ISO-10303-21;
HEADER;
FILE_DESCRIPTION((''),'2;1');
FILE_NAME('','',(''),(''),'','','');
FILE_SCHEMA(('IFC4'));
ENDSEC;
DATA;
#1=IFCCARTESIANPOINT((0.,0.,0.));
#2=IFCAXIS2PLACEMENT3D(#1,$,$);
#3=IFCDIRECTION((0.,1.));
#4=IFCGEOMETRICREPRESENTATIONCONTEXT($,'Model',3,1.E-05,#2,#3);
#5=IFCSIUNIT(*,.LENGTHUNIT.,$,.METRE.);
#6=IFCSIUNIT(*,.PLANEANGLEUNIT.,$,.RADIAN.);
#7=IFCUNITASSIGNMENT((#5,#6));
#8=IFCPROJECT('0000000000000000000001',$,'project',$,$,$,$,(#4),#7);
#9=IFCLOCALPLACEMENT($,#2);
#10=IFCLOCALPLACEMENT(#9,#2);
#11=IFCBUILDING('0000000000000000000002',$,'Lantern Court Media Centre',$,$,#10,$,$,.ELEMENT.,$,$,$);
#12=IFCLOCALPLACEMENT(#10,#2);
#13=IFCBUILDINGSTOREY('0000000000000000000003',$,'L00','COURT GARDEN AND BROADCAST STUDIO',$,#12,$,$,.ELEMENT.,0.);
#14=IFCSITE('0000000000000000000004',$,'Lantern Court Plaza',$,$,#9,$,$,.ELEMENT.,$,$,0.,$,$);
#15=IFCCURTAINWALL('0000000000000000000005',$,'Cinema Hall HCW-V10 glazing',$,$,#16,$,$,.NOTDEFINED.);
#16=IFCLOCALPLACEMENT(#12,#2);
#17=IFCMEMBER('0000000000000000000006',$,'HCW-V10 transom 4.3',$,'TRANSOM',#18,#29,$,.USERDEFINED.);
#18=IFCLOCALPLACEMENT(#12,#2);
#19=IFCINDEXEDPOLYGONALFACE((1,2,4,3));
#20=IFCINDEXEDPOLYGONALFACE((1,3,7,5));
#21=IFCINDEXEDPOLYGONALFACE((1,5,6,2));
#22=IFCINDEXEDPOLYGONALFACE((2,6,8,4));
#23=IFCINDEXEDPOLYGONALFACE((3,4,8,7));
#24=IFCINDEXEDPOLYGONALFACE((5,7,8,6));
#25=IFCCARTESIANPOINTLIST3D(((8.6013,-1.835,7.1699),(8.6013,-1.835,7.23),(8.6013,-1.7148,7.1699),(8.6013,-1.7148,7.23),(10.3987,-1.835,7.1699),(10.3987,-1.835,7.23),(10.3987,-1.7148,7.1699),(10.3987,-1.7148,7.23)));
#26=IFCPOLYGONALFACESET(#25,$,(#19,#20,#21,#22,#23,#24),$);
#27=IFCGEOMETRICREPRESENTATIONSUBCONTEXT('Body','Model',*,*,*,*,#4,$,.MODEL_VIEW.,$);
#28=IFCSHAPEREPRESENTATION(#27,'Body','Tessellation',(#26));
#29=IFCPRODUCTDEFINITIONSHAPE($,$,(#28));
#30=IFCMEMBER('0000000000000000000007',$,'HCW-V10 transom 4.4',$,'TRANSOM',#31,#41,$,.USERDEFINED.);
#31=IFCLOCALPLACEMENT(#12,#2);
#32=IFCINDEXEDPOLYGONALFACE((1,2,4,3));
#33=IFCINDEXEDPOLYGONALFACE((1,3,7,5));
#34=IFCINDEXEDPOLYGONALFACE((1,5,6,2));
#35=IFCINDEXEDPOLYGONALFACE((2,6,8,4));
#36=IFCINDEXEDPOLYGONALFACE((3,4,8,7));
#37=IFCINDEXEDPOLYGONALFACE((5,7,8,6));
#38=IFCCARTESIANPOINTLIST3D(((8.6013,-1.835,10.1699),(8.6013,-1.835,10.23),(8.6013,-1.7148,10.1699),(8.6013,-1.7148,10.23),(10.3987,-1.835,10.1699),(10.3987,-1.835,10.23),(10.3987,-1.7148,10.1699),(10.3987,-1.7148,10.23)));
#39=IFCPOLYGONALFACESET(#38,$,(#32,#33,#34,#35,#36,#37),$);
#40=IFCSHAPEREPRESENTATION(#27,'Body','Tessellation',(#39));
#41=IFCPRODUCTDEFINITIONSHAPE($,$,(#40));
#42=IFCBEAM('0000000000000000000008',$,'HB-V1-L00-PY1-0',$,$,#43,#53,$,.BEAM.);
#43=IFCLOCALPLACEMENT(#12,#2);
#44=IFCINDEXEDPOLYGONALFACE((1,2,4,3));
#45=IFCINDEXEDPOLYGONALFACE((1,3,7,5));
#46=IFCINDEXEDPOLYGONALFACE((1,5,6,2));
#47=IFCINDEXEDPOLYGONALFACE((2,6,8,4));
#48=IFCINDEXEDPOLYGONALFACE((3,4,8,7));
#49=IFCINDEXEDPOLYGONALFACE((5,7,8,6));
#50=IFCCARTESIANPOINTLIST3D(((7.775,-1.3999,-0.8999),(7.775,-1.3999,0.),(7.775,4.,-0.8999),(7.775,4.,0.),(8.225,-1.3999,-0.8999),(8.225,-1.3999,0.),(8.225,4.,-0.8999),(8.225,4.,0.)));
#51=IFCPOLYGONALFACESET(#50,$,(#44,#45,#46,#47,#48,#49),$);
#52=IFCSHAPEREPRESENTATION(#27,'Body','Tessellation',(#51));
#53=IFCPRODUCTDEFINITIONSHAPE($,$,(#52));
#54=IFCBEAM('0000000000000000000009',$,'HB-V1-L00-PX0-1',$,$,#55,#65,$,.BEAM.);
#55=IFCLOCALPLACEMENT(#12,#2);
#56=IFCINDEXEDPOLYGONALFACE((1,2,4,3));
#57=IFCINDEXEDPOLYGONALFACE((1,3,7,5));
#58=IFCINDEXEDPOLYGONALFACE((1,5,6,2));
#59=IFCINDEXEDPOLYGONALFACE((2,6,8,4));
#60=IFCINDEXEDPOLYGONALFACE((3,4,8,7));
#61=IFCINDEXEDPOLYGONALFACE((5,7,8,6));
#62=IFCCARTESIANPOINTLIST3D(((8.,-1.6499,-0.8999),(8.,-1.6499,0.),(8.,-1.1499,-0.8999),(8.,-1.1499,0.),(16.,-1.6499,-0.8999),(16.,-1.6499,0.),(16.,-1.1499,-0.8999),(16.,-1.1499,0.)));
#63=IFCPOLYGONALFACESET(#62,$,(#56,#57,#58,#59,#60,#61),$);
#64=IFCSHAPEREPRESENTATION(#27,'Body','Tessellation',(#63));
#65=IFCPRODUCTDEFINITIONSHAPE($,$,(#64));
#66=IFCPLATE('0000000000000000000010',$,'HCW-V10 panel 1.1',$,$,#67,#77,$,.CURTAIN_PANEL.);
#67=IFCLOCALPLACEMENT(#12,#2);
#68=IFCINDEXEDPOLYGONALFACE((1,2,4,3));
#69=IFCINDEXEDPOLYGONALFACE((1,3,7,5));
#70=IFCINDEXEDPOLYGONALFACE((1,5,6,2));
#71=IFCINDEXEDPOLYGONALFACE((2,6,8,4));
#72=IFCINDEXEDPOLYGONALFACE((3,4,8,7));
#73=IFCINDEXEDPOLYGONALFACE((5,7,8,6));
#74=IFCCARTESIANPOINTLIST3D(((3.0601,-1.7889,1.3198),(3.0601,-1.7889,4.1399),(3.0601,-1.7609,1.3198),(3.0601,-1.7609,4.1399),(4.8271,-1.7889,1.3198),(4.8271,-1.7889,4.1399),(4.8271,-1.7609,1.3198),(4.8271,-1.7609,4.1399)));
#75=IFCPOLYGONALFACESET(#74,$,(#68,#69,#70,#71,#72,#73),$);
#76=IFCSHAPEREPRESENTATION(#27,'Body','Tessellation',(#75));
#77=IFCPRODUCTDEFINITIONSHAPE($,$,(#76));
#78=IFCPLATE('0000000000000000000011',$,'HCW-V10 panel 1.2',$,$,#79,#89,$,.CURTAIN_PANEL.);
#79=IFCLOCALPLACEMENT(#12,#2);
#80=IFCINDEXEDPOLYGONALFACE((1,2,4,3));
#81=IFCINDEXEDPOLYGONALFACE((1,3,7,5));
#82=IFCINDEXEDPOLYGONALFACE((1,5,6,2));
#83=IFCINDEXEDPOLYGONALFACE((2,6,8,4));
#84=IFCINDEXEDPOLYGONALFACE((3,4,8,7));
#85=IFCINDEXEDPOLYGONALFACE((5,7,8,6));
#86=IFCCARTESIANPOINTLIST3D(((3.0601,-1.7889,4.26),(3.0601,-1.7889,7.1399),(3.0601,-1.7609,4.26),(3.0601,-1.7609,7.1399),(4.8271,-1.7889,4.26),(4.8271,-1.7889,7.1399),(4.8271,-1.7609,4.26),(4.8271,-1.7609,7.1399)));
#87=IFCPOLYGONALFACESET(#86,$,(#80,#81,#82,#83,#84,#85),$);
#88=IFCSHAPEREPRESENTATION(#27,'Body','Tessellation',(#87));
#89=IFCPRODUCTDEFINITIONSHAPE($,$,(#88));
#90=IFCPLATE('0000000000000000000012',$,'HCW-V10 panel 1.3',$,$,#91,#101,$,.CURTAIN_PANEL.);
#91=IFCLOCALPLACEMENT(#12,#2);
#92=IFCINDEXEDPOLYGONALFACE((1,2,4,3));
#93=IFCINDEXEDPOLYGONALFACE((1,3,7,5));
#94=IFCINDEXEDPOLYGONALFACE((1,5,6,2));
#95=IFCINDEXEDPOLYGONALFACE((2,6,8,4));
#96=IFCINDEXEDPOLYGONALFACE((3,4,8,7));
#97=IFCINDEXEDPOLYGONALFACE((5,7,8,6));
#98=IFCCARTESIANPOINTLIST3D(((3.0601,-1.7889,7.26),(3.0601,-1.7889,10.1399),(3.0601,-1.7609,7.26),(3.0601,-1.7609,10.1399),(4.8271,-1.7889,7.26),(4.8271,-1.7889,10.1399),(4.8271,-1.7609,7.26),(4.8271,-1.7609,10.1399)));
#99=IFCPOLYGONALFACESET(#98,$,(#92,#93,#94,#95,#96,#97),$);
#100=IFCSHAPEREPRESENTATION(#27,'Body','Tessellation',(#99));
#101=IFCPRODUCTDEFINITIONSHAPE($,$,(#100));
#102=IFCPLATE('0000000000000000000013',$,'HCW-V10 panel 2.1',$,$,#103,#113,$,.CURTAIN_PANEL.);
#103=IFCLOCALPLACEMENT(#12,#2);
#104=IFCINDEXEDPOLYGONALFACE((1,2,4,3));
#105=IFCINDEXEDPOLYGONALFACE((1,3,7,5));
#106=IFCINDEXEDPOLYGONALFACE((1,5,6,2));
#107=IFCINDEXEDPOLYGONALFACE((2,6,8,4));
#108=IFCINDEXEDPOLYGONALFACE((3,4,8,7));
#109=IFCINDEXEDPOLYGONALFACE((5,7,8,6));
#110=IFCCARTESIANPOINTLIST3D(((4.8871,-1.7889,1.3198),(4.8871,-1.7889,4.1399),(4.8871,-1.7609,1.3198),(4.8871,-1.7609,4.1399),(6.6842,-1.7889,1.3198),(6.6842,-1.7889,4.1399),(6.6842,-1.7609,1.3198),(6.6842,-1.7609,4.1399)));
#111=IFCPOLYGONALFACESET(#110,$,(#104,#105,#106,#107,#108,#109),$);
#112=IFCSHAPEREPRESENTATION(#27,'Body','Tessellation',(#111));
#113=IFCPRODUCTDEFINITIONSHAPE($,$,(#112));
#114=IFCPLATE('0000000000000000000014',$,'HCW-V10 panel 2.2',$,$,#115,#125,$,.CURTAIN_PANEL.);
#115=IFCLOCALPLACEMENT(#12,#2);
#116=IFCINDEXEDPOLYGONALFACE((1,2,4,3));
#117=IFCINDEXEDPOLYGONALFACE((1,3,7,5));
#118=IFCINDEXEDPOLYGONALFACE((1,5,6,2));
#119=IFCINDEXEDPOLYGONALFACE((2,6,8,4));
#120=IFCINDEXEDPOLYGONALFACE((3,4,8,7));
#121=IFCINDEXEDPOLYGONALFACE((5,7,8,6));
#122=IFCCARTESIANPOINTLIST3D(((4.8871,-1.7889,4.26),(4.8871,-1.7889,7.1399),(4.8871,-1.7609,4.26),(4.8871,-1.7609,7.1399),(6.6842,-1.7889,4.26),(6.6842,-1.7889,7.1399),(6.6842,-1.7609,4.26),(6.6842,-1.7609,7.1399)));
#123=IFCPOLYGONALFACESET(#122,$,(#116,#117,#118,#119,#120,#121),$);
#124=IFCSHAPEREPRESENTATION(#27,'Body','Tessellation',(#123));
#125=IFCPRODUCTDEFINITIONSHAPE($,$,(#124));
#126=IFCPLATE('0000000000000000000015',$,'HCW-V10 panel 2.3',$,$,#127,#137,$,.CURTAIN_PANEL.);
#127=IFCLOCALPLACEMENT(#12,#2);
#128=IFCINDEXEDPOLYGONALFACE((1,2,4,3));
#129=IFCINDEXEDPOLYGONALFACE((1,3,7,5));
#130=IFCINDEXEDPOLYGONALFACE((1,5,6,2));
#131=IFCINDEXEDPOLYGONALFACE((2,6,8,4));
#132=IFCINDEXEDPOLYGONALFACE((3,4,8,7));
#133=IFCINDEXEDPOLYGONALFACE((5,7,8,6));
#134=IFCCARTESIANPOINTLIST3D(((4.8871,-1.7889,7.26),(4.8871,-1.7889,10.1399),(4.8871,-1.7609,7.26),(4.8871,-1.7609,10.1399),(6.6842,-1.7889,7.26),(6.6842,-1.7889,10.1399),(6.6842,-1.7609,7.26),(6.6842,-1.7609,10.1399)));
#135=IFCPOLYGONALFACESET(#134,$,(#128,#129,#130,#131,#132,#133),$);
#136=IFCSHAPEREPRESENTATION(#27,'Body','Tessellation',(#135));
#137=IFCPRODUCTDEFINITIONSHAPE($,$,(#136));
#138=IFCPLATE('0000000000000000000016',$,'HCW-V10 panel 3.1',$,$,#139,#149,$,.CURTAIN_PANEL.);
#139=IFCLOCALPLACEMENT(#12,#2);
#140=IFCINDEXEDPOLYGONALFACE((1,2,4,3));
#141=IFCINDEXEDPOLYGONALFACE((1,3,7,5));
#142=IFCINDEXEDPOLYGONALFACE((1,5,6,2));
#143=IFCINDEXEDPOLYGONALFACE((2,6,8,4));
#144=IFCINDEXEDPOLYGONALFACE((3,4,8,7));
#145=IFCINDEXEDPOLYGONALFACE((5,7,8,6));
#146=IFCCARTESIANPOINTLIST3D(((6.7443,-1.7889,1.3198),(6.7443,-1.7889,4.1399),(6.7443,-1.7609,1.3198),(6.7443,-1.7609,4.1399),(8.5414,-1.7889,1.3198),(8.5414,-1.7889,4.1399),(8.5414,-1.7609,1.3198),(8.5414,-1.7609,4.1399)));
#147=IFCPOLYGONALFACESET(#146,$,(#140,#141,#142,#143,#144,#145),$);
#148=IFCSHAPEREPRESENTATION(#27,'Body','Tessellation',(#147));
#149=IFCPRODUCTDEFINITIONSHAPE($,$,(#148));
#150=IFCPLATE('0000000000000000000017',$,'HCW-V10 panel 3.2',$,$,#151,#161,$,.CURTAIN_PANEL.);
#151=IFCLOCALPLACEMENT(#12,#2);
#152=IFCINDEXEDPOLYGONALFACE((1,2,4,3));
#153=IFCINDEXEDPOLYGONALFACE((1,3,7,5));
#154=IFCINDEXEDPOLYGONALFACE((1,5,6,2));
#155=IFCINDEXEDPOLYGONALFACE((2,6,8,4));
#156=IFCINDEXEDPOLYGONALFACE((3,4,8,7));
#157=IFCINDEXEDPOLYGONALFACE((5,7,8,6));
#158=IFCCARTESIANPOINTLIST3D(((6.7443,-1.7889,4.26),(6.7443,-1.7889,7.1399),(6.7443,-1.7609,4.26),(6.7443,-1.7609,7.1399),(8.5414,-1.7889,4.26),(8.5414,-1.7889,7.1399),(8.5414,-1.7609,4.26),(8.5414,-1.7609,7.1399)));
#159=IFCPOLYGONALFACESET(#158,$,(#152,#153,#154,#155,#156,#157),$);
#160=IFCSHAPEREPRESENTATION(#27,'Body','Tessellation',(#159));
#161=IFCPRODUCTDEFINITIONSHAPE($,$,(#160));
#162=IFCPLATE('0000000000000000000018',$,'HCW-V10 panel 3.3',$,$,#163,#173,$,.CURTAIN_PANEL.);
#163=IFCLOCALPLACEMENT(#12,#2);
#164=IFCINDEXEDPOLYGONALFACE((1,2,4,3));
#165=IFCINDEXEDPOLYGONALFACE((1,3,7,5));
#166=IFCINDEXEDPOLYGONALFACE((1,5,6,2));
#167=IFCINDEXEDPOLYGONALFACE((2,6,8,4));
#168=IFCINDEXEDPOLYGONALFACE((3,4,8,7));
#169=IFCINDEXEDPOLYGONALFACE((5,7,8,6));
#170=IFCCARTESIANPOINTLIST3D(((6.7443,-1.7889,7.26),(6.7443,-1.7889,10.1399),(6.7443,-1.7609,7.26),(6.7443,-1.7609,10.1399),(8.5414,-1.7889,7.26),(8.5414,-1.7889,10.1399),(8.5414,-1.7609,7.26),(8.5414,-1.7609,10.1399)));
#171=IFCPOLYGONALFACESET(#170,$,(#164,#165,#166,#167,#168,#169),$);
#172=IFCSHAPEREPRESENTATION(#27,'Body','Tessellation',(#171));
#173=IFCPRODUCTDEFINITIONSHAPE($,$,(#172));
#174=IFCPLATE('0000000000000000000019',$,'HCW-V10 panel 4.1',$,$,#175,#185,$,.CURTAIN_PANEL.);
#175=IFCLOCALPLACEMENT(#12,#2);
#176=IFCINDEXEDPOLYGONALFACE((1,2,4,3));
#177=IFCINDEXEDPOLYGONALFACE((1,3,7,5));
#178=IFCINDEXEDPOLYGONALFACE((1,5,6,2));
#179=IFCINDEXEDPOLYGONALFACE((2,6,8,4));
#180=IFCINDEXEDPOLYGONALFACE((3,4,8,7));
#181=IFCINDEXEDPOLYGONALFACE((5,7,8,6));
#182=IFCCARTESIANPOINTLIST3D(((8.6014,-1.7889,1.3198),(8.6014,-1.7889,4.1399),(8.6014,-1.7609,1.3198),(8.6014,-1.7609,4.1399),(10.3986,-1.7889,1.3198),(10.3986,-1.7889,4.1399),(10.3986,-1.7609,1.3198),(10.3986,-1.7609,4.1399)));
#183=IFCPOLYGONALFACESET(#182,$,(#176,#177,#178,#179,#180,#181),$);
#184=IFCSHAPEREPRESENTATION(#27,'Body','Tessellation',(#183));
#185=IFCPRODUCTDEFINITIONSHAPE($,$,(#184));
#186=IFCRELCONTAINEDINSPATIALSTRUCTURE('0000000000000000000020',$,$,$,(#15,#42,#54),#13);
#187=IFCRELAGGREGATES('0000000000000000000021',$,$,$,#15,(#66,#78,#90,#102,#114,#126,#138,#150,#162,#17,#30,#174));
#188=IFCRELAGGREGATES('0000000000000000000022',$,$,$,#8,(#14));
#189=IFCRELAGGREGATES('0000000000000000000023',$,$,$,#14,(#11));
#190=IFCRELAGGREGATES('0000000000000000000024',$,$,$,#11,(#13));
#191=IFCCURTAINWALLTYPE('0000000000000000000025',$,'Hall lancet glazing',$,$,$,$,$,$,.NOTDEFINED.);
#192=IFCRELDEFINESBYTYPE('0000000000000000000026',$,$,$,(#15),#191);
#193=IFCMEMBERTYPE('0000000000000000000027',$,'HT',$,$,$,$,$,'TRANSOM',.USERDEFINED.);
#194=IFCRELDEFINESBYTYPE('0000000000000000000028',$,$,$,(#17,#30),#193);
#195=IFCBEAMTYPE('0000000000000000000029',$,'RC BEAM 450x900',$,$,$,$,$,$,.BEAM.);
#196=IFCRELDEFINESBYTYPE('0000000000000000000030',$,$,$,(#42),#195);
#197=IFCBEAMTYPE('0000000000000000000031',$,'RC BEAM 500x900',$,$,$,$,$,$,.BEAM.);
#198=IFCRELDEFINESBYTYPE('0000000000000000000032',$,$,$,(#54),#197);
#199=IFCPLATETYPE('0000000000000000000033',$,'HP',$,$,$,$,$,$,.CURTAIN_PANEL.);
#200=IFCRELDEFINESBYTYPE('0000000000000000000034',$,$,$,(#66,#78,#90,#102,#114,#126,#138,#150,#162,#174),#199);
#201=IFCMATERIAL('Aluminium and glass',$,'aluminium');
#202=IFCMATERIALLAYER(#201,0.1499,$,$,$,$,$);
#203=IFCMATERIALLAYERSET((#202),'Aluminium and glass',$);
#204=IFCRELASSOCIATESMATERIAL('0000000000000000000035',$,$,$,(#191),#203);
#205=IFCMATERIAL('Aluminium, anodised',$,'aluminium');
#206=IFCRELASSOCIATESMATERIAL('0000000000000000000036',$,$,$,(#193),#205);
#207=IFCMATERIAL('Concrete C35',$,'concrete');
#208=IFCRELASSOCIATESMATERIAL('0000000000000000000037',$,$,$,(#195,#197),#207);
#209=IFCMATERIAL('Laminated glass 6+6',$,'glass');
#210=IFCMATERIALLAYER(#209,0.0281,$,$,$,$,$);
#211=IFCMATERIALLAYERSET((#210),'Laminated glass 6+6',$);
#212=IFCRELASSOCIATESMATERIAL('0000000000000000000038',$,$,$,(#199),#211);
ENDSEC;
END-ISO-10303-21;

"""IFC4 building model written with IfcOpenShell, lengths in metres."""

from ifc_helpers import new_model, si_unit, direction, frame, origin, origin_2d, place, context, subcontext, project, spatial, rectangle, extrude, material, layer, layer_set, material_profile, profile_set, type_object, element, aggregate, save


model = new_model("IFC4")

# Units and contexts
model_context = context("Model", 3, precision=1e-05, world=origin(), true_north=direction((0.0, 1.0)))
body_context = subcontext(model_context, "Body", "Model", "MODEL_VIEW")
ifc_project = project(units=[si_unit("LENGTHUNIT", "METRE"), si_unit("PLANEANGLEUNIT", "RADIAN")], contexts=[model_context])

# Site, building, storey
site_placement = place(None, origin())
site = spatial("IfcSite", under=ifc_project, at=site_placement, Name="Lantern Court Plaza", CompositionType="ELEMENT", RefElevation=0.0)
building_placement = place(site_placement, origin())
building = spatial("IfcBuilding", under=site, at=building_placement, Name="Lantern Court Media Centre", CompositionType="ELEMENT")
storey_placement = place(building_placement, origin())
storey = spatial("IfcBuildingStorey", under=building, at=storey_placement, Name="L00", Description="COURT GARDEN AND BROADCAST STUDIO", CompositionType="ELEMENT", Elevation=0.0)

# Shared definitions
ifc_material_1 = material(Name="Concrete C35", Category="concrete")

# Curtain wall, members
ifc_material_2 = material(Name="Aluminium and glass", Category="aluminium")
ifc_layer_1 = layer(ifc_material_2, 0.1499)
ifc_layer_set_1 = layer_set([ifc_layer_1], Name="Aluminium and glass")
curtain_wall_type = type_object("IfcCurtainWallType", Name="Hall lancet glazing", PredefinedType="NOTDEFINED", material=ifc_layer_set_1)
curtain_wall_placement = place(storey_placement, origin())
curtain_wall = element("IfcCurtainWall", 1, at=curtain_wall_placement, inside=storey, type_object=curtain_wall_type, Name="Cinema Hall HCW-V10 glazing", PredefinedType="NOTDEFINED")
ifc_material_3 = material(Name="Aluminium, anodised", Category="aluminium")
ifc_material_profile_1 = material_profile(ifc_material_3, rectangle(XDim=0.1201, YDim=0.0601, at=origin_2d()), Name="HT")
ifc_profile_set_1 = profile_set([ifc_material_profile_1], Name="Aluminium, anodised")
member_type_1 = type_object("IfcMemberType", Name="HT", ElementType="TRANSOM", PredefinedType="USERDEFINED", material=ifc_profile_set_1)
member_1_placement = place(storey_placement, frame((8.6013, -1.7749, 7.2), z_axis=(1.0, 0.0, 0.0), x_axis=(0.0, 1.0, 0.0)))
member_1 = element("IfcMember", 2, at=member_1_placement, type_object=member_type_1, Name="HCW-V10 transom 4.3", ObjectType="TRANSOM", PredefinedType="USERDEFINED", context=body_context, shape_type="SweptSolid", body=[
    extrude(rectangle(XDim=0.1201, YDim=0.0601, at=origin_2d()), origin(), (0.0, 0.0, 1.0), 1.7974),
])
member_2_placement = place(storey_placement, frame((8.6013, -1.7749, 10.2), z_axis=(1.0, 0.0, 0.0), x_axis=(0.0, 1.0, 0.0)))
member_2 = element("IfcMember", 3, at=member_2_placement, type_object=member_type_1, Name="HCW-V10 transom 4.4", ObjectType="TRANSOM", PredefinedType="USERDEFINED", context=body_context, shape_type="SweptSolid", body=[
    extrude(rectangle(XDim=0.1201, YDim=0.0601, at=origin_2d()), origin(), (0.0, 0.0, 1.0), 1.7974),
])

# Beams
ifc_material_profile_2 = material_profile(ifc_material_1, rectangle(XDim=0.45, YDim=0.8999, at=origin_2d()), Name="RC 450x900")
ifc_profile_set_2 = profile_set([ifc_material_profile_2], Name="Concrete C35")
beam_type_1 = type_object("IfcBeamType", Name="RC BEAM 450x900", PredefinedType="BEAM", material=ifc_profile_set_2)
beam_1_placement = place(storey_placement, frame((8.0, -1.3999, -0.45), z_axis=(0.0, 1.0, 0.0), x_axis=(-1.0, 0.0, 0.0)))
element("IfcBeam", 4, at=beam_1_placement, inside=storey, type_object=beam_type_1, Name="HB-V1-L00-PY1-0", PredefinedType="BEAM", context=body_context, shape_type="SweptSolid", body=[
    extrude(rectangle(XDim=0.45, YDim=0.8999, at=origin_2d()), origin(), (0.0, 0.0, 1.0), 5.3999),
])
ifc_material_profile_3 = material_profile(ifc_material_1, rectangle(XDim=0.5, YDim=0.8999, at=origin_2d()), Name="RC 500x900")
ifc_profile_set_3 = profile_set([ifc_material_profile_3], Name="Concrete C35")
beam_type_2 = type_object("IfcBeamType", Name="RC BEAM 500x900", PredefinedType="BEAM", material=ifc_profile_set_3)
beam_2_placement = place(storey_placement, frame((8.0, -1.3999, -0.45), z_axis=(1.0, 0.0, 0.0), x_axis=(0.0, 1.0, 0.0)))
element("IfcBeam", 5, at=beam_2_placement, inside=storey, type_object=beam_type_2, Name="HB-V1-L00-PX0-1", PredefinedType="BEAM", context=body_context, shape_type="SweptSolid", body=[
    extrude(rectangle(XDim=0.5, YDim=0.8999, at=origin_2d()), origin(), (0.0, 0.0, 1.0), 8.0),
])

# Plates
ifc_material_4 = material(Name="Laminated glass 6+6", Category="glass")
ifc_layer_2 = layer(ifc_material_4, 0.0281)
ifc_layer_set_2 = layer_set([ifc_layer_2], Name="Laminated glass 6+6")
plate_type = type_object("IfcPlateType", Name="HP", PredefinedType="CURTAIN_PANEL", material=ifc_layer_set_2)
plate_1_placement = place(storey_placement, frame((3.9436, -1.7749, 1.3198), z_axis=(0.0, 0.0, 1.0), x_axis=(1.0, 0.0, 0.0)))
plate_1 = element("IfcPlate", 6, at=plate_1_placement, type_object=plate_type, Name="HCW-V10 panel 1.1", PredefinedType="CURTAIN_PANEL", context=body_context, shape_type="SweptSolid", body=[
    extrude(rectangle(XDim=1.7671, YDim=0.0281, at=origin_2d()), origin(), (0.0, 0.0, 1.0), 2.8201),
])
plate_2_placement = place(storey_placement, frame((3.9436, -1.7749, 4.26), z_axis=(0.0, 0.0, 1.0), x_axis=(1.0, 0.0, 0.0)))
plate_2 = element("IfcPlate", 7, at=plate_2_placement, type_object=plate_type, Name="HCW-V10 panel 1.2", PredefinedType="CURTAIN_PANEL", context=body_context, shape_type="SweptSolid", body=[
    extrude(rectangle(XDim=1.7671, YDim=0.0281, at=origin_2d()), origin(), (0.0, 0.0, 1.0), 2.8799),
])
plate_3_placement = place(storey_placement, frame((3.9436, -1.7749, 7.26), z_axis=(0.0, 0.0, 1.0), x_axis=(1.0, 0.0, 0.0)))
plate_3 = element("IfcPlate", 8, at=plate_3_placement, type_object=plate_type, Name="HCW-V10 panel 1.3", PredefinedType="CURTAIN_PANEL", context=body_context, shape_type="SweptSolid", body=[
    extrude(rectangle(XDim=1.7671, YDim=0.0281, at=origin_2d()), origin(), (0.0, 0.0, 1.0), 2.8799),
])
plate_4_placement = place(storey_placement, frame((5.7856, -1.7749, 1.3198), z_axis=(0.0, 0.0, 1.0), x_axis=(1.0, 0.0, 0.0)))
plate_4 = element("IfcPlate", 9, at=plate_4_placement, type_object=plate_type, Name="HCW-V10 panel 2.1", PredefinedType="CURTAIN_PANEL", context=body_context, shape_type="SweptSolid", body=[
    extrude(rectangle(XDim=1.7971, YDim=0.0281, at=origin_2d()), origin(), (0.0, 0.0, 1.0), 2.8201),
])
plate_5_placement = place(storey_placement, frame((5.7856, -1.7749, 4.26), z_axis=(0.0, 0.0, 1.0), x_axis=(1.0, 0.0, 0.0)))
plate_5 = element("IfcPlate", 10, at=plate_5_placement, type_object=plate_type, Name="HCW-V10 panel 2.2", PredefinedType="CURTAIN_PANEL", context=body_context, shape_type="SweptSolid", body=[
    extrude(rectangle(XDim=1.7971, YDim=0.0281, at=origin_2d()), origin(), (0.0, 0.0, 1.0), 2.8799),
])
plate_6_placement = place(storey_placement, frame((5.7856, -1.7749, 7.26), z_axis=(0.0, 0.0, 1.0), x_axis=(1.0, 0.0, 0.0)))
plate_6 = element("IfcPlate", 11, at=plate_6_placement, type_object=plate_type, Name="HCW-V10 panel 2.3", PredefinedType="CURTAIN_PANEL", context=body_context, shape_type="SweptSolid", body=[
    extrude(rectangle(XDim=1.7971, YDim=0.0281, at=origin_2d()), origin(), (0.0, 0.0, 1.0), 2.8799),
])
plate_7_placement = place(storey_placement, frame((7.6428, -1.7749, 1.3198), z_axis=(0.0, 0.0, 1.0), x_axis=(1.0, 0.0, 0.0)))
plate_7 = element("IfcPlate", 12, at=plate_7_placement, type_object=plate_type, Name="HCW-V10 panel 3.1", PredefinedType="CURTAIN_PANEL", context=body_context, shape_type="SweptSolid", body=[
    extrude(rectangle(XDim=1.7971, YDim=0.0281, at=origin_2d()), origin(), (0.0, 0.0, 1.0), 2.8201),
])
plate_8_placement = place(storey_placement, frame((7.6428, -1.7749, 4.26), z_axis=(0.0, 0.0, 1.0), x_axis=(1.0, 0.0, 0.0)))
plate_8 = element("IfcPlate", 13, at=plate_8_placement, type_object=plate_type, Name="HCW-V10 panel 3.2", PredefinedType="CURTAIN_PANEL", context=body_context, shape_type="SweptSolid", body=[
    extrude(rectangle(XDim=1.7971, YDim=0.0281, at=origin_2d()), origin(), (0.0, 0.0, 1.0), 2.8799),
])
plate_9_placement = place(storey_placement, frame((7.6428, -1.7749, 7.26), z_axis=(0.0, 0.0, 1.0), x_axis=(1.0, 0.0, 0.0)))
plate_9 = element("IfcPlate", 14, at=plate_9_placement, type_object=plate_type, Name="HCW-V10 panel 3.3", PredefinedType="CURTAIN_PANEL", context=body_context, shape_type="SweptSolid", body=[
    extrude(rectangle(XDim=1.7971, YDim=0.0281, at=origin_2d()), origin(), (0.0, 0.0, 1.0), 2.8799),
])
plate_10_placement = place(storey_placement, frame((9.5, -1.7749, 1.3198), z_axis=(0.0, 0.0, 1.0), x_axis=(1.0, 0.0, 0.0)))
plate_10 = element("IfcPlate", 15, at=plate_10_placement, type_object=plate_type, Name="HCW-V10 panel 4.1", PredefinedType="CURTAIN_PANEL", context=body_context, shape_type="SweptSolid", body=[
    extrude(rectangle(XDim=1.7971, YDim=0.0281, at=origin_2d()), origin(), (0.0, 0.0, 1.0), 2.8201),
])
aggregate(curtain_wall, [plate_1, plate_2, plate_3, plate_4, plate_5, plate_6, plate_7, plate_8, plate_9, member_1, member_2, plate_10])

save(model, "model.ifc")
